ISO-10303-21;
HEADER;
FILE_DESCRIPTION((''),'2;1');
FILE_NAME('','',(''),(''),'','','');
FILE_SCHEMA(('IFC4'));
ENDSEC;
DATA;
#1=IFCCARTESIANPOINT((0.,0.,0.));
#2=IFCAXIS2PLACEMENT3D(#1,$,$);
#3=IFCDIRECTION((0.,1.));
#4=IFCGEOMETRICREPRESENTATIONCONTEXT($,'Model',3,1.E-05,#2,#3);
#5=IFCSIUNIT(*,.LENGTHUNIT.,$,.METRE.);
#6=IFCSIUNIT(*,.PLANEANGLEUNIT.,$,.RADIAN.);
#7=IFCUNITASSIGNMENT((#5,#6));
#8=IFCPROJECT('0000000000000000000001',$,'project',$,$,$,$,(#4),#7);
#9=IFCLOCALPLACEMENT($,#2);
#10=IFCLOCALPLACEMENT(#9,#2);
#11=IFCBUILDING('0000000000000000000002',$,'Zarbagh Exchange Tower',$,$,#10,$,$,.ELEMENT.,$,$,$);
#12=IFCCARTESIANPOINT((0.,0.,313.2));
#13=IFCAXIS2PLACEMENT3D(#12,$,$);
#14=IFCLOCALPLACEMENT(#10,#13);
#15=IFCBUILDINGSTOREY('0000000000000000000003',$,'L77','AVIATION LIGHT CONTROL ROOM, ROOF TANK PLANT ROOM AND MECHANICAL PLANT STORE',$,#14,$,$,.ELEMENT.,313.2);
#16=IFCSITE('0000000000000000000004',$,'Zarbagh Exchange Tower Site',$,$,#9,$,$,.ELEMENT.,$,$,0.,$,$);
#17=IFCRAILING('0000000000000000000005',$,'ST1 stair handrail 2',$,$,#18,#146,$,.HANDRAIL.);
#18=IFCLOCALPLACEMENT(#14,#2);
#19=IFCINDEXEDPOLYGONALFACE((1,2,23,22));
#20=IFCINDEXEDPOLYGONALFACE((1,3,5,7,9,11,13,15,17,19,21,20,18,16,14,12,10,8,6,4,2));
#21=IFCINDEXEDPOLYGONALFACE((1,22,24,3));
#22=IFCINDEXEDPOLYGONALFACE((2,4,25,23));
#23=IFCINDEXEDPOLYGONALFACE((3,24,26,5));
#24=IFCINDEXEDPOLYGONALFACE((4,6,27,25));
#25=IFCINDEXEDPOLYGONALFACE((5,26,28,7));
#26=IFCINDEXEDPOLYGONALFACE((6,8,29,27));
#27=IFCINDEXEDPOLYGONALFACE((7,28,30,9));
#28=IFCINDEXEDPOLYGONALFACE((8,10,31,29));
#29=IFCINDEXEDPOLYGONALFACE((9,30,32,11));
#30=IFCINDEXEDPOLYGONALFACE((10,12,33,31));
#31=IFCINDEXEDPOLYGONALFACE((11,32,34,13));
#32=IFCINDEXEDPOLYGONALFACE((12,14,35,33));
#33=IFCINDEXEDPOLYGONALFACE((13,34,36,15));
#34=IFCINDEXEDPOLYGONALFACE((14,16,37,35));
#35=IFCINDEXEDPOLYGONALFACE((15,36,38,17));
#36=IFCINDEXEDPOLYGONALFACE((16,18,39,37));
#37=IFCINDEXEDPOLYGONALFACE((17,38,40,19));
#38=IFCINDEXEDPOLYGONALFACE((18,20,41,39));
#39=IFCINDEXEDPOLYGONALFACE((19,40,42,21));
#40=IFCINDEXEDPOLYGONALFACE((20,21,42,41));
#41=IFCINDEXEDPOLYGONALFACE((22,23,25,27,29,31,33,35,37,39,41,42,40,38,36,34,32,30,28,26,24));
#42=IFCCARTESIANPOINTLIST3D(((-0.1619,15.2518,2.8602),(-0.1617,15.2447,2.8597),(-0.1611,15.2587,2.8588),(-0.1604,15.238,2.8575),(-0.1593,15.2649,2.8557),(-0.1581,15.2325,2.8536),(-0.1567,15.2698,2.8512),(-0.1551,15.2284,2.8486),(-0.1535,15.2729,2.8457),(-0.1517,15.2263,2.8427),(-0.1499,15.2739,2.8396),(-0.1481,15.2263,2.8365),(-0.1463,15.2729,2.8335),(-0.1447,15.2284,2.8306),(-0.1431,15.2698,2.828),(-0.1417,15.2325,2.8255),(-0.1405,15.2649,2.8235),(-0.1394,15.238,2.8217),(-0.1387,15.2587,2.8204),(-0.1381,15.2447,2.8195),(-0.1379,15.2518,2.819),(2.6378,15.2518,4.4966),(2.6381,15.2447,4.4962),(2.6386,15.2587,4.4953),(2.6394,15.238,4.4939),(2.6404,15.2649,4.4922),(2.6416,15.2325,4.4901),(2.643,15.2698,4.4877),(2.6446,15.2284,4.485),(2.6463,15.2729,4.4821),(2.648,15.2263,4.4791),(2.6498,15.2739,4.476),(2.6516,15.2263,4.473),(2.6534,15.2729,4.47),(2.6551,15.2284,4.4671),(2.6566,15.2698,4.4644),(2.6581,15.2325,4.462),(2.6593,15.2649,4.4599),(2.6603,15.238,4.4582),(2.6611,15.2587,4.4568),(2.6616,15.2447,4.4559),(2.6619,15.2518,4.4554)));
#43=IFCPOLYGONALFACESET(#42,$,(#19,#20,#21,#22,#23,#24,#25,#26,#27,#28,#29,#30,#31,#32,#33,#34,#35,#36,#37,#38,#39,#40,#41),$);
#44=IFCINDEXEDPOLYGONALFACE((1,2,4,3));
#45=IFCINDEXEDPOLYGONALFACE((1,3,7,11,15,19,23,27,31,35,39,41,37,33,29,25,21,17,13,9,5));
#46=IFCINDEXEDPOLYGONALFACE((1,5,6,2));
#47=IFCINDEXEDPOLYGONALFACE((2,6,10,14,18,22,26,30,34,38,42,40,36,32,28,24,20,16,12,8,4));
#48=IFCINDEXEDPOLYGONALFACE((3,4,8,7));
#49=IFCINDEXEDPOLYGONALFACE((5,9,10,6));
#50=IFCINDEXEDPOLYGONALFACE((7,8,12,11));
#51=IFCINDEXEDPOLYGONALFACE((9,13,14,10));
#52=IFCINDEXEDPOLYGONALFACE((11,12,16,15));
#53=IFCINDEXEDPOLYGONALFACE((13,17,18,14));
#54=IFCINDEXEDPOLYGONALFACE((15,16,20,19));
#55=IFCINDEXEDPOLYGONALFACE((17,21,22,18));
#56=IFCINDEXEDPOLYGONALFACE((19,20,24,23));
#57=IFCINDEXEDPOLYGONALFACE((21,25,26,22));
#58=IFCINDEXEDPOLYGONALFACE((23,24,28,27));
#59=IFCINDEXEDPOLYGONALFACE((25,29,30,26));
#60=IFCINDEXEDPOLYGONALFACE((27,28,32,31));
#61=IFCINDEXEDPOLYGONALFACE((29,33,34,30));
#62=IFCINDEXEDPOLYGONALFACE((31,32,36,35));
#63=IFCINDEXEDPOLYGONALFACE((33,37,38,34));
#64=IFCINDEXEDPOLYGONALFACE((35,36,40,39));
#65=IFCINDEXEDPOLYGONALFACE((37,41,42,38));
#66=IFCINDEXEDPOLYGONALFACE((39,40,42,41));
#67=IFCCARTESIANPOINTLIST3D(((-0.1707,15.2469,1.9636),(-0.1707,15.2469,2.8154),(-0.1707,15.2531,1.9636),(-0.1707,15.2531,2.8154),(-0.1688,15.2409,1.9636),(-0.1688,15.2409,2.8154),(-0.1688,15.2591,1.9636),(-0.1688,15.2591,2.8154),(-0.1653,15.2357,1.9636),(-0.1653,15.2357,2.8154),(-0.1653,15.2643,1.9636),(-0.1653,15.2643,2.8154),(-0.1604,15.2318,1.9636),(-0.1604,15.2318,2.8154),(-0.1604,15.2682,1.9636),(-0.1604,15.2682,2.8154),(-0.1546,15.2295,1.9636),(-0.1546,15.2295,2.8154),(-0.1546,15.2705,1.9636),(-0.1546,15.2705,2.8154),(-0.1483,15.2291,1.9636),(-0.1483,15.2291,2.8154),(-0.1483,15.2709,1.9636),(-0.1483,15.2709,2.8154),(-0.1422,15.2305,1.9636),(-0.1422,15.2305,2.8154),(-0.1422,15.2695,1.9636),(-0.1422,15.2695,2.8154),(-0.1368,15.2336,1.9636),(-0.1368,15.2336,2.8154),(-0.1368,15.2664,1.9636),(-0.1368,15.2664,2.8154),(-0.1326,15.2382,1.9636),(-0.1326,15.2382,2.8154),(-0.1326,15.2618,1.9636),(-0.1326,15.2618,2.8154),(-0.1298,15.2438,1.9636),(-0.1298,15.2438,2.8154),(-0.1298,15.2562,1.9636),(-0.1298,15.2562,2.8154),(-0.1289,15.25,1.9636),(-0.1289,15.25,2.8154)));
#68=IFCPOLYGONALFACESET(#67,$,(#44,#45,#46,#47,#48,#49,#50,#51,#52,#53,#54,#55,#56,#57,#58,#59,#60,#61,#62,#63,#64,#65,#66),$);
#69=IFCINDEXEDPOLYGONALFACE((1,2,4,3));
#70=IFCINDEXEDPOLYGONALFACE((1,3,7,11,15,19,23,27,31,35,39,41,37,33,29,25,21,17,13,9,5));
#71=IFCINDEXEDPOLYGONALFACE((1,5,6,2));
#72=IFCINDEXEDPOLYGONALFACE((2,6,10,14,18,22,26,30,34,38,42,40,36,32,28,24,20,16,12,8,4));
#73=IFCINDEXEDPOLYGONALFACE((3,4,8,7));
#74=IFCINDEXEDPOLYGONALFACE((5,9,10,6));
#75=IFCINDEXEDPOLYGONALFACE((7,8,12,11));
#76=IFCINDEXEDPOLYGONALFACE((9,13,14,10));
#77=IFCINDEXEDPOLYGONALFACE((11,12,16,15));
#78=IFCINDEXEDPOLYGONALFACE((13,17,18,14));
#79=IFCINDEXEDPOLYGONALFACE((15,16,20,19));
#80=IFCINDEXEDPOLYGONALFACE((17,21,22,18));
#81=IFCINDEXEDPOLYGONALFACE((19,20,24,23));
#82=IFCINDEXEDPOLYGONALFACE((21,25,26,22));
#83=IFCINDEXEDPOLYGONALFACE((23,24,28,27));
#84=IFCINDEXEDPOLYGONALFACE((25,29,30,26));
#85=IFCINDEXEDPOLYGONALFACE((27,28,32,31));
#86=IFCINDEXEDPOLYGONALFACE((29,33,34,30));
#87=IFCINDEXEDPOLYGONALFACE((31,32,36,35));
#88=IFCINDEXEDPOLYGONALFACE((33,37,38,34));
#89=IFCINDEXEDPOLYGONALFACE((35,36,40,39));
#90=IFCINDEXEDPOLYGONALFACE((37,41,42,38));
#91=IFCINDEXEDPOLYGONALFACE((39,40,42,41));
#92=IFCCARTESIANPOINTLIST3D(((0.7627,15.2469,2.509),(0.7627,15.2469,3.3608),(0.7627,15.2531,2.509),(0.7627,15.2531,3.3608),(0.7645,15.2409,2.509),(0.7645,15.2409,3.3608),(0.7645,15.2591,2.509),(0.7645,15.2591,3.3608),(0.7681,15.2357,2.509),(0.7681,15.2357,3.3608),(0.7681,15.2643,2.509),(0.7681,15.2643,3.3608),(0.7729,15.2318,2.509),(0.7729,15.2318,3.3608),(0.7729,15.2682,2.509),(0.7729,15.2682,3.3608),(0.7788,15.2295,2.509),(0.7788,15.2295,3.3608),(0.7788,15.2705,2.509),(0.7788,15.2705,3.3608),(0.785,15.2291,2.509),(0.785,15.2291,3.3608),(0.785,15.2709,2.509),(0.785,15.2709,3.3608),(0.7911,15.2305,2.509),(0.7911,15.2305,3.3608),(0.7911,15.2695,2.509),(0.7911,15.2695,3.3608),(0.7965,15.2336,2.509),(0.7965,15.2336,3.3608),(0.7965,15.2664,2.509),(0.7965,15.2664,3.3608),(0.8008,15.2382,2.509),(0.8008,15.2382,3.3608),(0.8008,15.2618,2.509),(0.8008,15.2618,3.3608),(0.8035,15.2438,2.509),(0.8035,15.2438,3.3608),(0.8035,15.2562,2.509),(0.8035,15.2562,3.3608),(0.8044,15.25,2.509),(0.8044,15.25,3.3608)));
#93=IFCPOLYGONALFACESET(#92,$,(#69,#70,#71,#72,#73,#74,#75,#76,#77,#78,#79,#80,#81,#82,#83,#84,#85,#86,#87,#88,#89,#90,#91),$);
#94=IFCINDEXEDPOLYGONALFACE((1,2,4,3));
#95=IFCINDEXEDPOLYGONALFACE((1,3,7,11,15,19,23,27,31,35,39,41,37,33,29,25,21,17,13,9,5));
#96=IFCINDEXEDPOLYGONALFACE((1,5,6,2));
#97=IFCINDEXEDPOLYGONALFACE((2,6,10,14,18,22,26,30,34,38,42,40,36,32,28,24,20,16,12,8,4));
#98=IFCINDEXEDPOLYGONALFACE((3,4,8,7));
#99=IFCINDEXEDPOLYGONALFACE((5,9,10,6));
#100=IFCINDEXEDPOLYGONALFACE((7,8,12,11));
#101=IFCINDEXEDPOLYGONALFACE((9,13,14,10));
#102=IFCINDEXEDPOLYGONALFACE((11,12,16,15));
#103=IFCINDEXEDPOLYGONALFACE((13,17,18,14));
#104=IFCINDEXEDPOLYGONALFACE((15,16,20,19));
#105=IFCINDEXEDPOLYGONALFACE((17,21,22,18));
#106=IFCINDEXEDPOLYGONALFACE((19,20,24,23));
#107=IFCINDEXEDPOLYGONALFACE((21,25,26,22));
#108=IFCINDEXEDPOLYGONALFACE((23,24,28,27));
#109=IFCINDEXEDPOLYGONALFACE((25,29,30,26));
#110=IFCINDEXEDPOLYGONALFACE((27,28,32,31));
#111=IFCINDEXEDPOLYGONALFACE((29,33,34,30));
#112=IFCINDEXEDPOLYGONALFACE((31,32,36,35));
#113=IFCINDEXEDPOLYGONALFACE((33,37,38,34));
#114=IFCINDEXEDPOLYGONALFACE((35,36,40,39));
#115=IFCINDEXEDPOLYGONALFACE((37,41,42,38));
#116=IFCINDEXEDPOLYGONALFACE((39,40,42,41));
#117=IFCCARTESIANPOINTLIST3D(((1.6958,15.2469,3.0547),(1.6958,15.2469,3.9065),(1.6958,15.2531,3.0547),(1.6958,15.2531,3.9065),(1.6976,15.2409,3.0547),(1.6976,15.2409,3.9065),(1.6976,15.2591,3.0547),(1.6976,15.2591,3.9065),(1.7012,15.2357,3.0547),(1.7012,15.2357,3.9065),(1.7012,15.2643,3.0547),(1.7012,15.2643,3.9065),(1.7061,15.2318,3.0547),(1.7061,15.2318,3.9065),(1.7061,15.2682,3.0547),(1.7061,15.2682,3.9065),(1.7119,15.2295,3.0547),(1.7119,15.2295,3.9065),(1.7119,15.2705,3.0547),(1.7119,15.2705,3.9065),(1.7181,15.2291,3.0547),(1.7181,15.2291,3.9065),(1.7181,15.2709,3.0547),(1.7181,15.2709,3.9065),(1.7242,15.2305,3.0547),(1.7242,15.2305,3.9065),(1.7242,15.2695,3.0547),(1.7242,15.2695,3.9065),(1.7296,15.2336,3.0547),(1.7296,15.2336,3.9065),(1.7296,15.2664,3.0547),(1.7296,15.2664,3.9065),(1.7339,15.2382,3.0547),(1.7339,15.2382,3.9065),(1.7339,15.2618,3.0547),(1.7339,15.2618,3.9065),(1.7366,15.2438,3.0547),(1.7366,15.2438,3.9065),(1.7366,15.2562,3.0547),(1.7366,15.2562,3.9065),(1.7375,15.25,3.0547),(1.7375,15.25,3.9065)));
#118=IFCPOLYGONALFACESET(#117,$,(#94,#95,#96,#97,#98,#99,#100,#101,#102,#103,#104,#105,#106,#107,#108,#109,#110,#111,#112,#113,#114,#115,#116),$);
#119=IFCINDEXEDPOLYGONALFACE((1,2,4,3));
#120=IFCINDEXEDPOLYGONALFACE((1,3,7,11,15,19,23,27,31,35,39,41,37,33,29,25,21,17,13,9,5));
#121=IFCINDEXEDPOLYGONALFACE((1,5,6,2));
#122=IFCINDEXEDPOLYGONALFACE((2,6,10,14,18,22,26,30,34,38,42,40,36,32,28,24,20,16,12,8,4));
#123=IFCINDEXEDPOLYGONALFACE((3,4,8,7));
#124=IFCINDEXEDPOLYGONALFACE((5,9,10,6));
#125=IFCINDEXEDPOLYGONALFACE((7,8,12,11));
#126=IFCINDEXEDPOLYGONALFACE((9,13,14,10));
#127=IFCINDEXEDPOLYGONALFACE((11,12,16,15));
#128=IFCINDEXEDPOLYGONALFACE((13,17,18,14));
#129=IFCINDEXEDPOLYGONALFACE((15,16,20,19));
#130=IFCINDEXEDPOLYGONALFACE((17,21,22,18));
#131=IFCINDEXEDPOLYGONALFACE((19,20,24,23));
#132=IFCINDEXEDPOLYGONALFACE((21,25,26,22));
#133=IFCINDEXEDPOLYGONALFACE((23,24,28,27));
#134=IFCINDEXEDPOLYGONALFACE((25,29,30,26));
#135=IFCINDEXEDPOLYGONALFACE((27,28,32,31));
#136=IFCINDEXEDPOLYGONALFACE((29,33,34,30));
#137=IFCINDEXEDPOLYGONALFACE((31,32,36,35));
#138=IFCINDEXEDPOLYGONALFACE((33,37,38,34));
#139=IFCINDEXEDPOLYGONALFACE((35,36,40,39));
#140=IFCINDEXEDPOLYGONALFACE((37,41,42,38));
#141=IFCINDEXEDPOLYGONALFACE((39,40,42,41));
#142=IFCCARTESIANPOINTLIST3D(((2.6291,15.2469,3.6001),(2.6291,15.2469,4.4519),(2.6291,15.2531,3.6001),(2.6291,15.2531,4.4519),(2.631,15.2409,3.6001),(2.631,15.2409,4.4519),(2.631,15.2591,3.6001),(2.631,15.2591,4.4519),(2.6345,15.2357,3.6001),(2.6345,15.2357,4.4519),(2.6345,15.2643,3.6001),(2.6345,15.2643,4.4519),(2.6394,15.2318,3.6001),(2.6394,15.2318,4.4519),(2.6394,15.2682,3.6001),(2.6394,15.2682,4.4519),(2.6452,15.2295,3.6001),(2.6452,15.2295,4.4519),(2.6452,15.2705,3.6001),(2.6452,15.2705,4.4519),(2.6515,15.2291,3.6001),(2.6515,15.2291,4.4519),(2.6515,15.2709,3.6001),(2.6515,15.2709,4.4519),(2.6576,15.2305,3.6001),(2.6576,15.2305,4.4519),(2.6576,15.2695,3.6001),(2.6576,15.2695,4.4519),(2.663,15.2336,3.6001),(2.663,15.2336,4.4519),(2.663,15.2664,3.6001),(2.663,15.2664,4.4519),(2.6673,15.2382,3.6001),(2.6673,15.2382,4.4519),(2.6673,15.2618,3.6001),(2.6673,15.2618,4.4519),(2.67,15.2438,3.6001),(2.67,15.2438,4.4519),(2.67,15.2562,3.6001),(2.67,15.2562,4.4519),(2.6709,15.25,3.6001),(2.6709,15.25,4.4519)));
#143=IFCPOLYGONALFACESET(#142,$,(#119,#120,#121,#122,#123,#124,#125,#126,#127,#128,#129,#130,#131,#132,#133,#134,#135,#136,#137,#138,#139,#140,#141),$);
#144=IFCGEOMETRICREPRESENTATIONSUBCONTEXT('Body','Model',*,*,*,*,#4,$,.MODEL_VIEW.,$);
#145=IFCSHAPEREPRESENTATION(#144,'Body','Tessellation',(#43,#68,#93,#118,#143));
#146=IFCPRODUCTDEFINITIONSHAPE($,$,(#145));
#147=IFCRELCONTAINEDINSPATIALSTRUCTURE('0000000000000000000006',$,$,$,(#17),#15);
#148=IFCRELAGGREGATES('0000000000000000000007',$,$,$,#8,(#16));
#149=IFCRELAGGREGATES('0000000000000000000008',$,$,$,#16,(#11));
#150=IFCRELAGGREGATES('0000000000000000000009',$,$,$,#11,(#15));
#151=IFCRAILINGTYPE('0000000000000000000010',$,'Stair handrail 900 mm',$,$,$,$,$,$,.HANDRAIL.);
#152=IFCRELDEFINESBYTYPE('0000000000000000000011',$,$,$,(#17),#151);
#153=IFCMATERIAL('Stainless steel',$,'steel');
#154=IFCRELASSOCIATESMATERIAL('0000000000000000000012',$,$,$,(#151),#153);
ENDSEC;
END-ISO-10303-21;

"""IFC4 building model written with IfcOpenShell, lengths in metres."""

from ifc_helpers import new_model, si_unit, direction, frame, origin, origin_2d, place, context, subcontext, project, spatial, circle, extrude, material, type_object, element, save


model = new_model("IFC4")

# Units and contexts
model_context = context("Model", 3, precision=1e-05, world=origin(), true_north=direction((0.0, 1.0)))
body_context = subcontext(model_context, "Body", "Model", "MODEL_VIEW")
ifc_project = project(units=[si_unit("LENGTHUNIT", "METRE"), si_unit("PLANEANGLEUNIT", "RADIAN")], contexts=[model_context])

# Site, building, storey
site_placement = place(None, origin())
site = spatial("IfcSite", under=ifc_project, at=site_placement, Name="Zarbagh Exchange Tower Site", CompositionType="ELEMENT", RefElevation=0.0)
building_placement = place(site_placement, origin())
building = spatial("IfcBuilding", under=site, at=building_placement, Name="Zarbagh Exchange Tower", CompositionType="ELEMENT")
storey_placement = place(building_placement, frame((0.0, 0.0, 313.2)))
storey = spatial("IfcBuildingStorey", under=building, at=storey_placement, Name="L77", Description="AVIATION LIGHT CONTROL ROOM, ROOF TANK PLANT ROOM AND MECHANICAL PLANT STORE", CompositionType="ELEMENT", Elevation=313.2)

# Shared definitions
ifc_material_1 = material(Name="Stainless steel", Category="steel")

# Railing
railing_type_1 = type_object("IfcRailingType", Name="Stair handrail 900 mm", PredefinedType="HANDRAIL", material=ifc_material_1)
railing_1_placement = place(storey_placement, frame((-0.1499, 15.25, 1.9636)))
element("IfcRailing", 1, at=railing_1_placement, inside=storey, type_object=railing_type_1, Name="ST1 stair handrail 2", PredefinedType="HANDRAIL", context=body_context, shape_type="SweptSolid", body=[
    extrude(circle(Radius=0.0239, at=origin_2d()), frame((0.0, 0.0, 0.876), z_axis=(0.863342, 0.0, 0.50462), x_axis=(0.0, 1.0, 0.0)), (0.0, 0.0, 1.0), 3.2429),
    extrude(circle(Radius=0.021, at=origin_2d()), origin(), (0.0, 0.0, 1.0), 0.8518),
    extrude(circle(Radius=0.021, at=origin_2d()), frame((0.9333, 0.0, 0.5454)), (0.0, 0.0, 1.0), 0.8518),
    extrude(circle(Radius=0.021, at=origin_2d()), frame((1.8665, 0.0, 1.0911)), (0.0, 0.0, 1.0), 0.8518),
    extrude(circle(Radius=0.021, at=origin_2d()), frame((2.7998, 0.0, 1.6365)), (0.0, 0.0, 1.0), 0.8518),
])

save(model, "model.ifc")
